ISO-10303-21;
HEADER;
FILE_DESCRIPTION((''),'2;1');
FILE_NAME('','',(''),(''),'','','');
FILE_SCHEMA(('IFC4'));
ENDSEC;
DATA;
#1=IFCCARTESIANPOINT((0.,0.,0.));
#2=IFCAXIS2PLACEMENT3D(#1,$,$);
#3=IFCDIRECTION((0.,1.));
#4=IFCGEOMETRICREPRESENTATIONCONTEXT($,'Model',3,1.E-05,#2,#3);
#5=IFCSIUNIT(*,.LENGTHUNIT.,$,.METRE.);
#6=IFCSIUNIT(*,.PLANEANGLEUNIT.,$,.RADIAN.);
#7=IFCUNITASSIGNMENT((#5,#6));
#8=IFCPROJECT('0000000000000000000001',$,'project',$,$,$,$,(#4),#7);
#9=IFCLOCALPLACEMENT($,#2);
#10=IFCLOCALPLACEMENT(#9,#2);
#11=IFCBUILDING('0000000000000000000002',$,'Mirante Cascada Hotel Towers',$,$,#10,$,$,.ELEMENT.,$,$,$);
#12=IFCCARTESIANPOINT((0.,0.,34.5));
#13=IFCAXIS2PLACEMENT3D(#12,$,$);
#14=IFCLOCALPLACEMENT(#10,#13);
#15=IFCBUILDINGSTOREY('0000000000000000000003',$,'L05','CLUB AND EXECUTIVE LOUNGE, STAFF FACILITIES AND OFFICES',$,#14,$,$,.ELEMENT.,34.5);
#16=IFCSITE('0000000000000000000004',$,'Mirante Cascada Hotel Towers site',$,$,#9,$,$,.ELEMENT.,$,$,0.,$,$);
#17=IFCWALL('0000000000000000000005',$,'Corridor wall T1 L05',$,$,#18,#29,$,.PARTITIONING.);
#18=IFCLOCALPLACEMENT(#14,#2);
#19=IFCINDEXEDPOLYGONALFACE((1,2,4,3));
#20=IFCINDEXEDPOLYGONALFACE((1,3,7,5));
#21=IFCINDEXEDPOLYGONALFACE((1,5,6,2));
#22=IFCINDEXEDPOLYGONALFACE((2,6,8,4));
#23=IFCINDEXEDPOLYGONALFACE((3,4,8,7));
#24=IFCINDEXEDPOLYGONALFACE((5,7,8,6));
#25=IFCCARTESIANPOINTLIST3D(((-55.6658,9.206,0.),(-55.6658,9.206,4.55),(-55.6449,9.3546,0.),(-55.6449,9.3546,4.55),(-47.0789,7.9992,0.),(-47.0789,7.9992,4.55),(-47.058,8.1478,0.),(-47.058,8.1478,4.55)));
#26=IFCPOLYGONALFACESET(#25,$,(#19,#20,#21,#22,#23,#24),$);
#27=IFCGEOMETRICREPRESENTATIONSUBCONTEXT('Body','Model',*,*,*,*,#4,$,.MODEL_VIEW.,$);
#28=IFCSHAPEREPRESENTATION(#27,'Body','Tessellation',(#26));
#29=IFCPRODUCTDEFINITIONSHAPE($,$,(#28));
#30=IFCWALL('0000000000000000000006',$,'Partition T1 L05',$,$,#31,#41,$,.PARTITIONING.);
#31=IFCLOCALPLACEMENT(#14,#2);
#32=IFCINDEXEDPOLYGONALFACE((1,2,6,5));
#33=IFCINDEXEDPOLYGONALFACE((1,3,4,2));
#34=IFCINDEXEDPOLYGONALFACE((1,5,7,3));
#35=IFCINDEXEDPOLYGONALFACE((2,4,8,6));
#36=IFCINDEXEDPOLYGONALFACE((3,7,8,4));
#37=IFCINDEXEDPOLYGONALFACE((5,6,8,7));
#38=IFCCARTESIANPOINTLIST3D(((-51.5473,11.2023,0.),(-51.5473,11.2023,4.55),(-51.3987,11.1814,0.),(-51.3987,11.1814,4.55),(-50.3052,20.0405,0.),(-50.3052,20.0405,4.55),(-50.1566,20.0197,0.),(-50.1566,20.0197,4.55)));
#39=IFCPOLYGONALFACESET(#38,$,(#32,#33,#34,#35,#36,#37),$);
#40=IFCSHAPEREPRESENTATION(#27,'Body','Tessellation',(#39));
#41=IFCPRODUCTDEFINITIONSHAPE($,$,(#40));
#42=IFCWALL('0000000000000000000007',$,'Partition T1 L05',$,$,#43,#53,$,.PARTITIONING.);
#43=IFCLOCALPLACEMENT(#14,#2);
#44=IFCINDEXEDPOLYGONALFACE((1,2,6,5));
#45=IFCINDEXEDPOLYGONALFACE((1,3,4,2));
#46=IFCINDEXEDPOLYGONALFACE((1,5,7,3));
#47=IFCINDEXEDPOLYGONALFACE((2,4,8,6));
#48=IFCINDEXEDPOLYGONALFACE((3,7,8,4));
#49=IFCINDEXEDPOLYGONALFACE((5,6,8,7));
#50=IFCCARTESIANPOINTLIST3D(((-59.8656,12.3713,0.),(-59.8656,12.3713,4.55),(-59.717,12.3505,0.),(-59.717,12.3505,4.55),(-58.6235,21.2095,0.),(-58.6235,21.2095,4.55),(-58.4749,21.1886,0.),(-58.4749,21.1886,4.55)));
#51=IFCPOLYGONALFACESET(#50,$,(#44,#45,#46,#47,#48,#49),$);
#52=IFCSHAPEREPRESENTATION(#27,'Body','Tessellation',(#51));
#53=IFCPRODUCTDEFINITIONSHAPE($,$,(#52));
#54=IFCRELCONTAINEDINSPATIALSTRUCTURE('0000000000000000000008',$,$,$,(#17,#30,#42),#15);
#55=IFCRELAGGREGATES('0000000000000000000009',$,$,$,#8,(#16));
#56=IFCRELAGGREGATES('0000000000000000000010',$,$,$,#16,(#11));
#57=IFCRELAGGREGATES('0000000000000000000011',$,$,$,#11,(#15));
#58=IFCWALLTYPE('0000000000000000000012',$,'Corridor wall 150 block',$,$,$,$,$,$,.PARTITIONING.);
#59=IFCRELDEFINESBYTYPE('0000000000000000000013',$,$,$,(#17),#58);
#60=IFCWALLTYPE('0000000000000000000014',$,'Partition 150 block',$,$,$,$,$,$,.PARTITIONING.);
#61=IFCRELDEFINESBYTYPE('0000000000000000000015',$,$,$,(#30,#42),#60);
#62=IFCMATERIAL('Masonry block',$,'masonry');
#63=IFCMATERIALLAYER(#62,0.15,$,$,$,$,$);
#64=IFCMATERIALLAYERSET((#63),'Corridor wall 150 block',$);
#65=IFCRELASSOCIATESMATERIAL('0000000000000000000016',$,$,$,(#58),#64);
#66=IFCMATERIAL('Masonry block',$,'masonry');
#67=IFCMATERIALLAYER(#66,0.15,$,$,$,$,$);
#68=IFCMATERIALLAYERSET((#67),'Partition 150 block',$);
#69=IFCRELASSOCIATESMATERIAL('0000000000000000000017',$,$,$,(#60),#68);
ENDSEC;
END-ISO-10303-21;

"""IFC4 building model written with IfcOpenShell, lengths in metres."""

from ifc_helpers import new_model, si_unit, direction, frame, frame_2d, origin, place, context, subcontext, project, spatial, rectangle, extrude, material, layer, layer_set, type_object, element, save


model = new_model("IFC4")

# Units and contexts
model_context = context("Model", 3, precision=1e-05, world=origin(), true_north=direction((0.0, 1.0)))
body_context = subcontext(model_context, "Body", "Model", "MODEL_VIEW")
ifc_project = project(units=[si_unit("LENGTHUNIT", "METRE"), si_unit("PLANEANGLEUNIT", "RADIAN")], contexts=[model_context])

# Site, building, storey
site_placement = place(None, origin())
site = spatial("IfcSite", under=ifc_project, at=site_placement, Name="Mirante Cascada Hotel Towers site", CompositionType="ELEMENT", RefElevation=0.0)
building_placement = place(site_placement, origin())
building = spatial("IfcBuilding", under=site, at=building_placement, Name="Mirante Cascada Hotel Towers", CompositionType="ELEMENT")
storey_placement = place(building_placement, frame((0.0, 0.0, 34.5)))
storey = spatial("IfcBuildingStorey", under=building, at=storey_placement, Name="L05", Description="CLUB AND EXECUTIVE LOUNGE, STAFF FACILITIES AND OFFICES", CompositionType="ELEMENT", Elevation=34.5)

# Walls
ifc_material_1 = material(Name="Masonry block", Category="masonry")
ifc_layer_1 = layer(ifc_material_1, 0.15)
ifc_layer_set_1 = layer_set([ifc_layer_1], Name="Corridor wall 150 block")
wall_type_1 = type_object("IfcWallType", Name="Corridor wall 150 block", PredefinedType="PARTITIONING", material=ifc_layer_set_1)
for number, where, z_axis, x_axis, name in (
    (1, (-55.6553, 9.2803, 0.0), (0.0, 0.0, 1.0), (0.990268, -0.139172, 0.0), "Corridor wall T1 L05"),
):
    element("IfcWall", number, at=place(storey_placement, frame(where, z_axis=z_axis, x_axis=x_axis)), inside=storey, type_object=wall_type_1, Name=name, PredefinedType="PARTITIONING", context=body_context, shape_type="SweptSolid", body=[
        extrude(rectangle(XDim=8.6713, YDim=0.15, at=frame_2d((4.3356, 0.0))), origin(), (0.0, 0.0, 1.0), 4.55),
    ])
ifc_material_2 = material(Name="Masonry block", Category="masonry")
ifc_layer_2 = layer(ifc_material_2, 0.15)
ifc_layer_set_2 = layer_set([ifc_layer_2], Name="Partition 150 block")
wall_type_2 = type_object("IfcWallType", Name="Partition 150 block", PredefinedType="PARTITIONING", material=ifc_layer_set_2)
wall_1_placement = place(storey_placement, frame((-51.473, 11.1918, 0.0), z_axis=(0.0, 0.0, 1.0), x_axis=(0.13917, 0.990268, 0.0)))
element("IfcWall", 2, at=wall_1_placement, inside=storey, type_object=wall_type_2, Name="Partition T1 L05", PredefinedType="PARTITIONING", context=body_context, shape_type="SweptSolid", body=[
    extrude(rectangle(XDim=8.9251, YDim=0.15, at=frame_2d((4.4626, 0.0))), origin(), (0.0, 0.0, 1.0), 4.55),
])
wall_2_placement = place(storey_placement, frame((-59.7913, 12.3609, 0.0), z_axis=(0.0, 0.0, 1.0), x_axis=(0.139172, 0.990268, 0.0)))
element("IfcWall", 3, at=wall_2_placement, inside=storey, type_object=wall_type_2, Name="Partition T1 L05", PredefinedType="PARTITIONING", context=body_context, shape_type="SweptSolid", body=[
    extrude(rectangle(XDim=8.925, YDim=0.15, at=frame_2d((4.4625, 0.0))), origin(), (0.0, 0.0, 1.0), 4.55),
])

save(model, "model.ifc")
